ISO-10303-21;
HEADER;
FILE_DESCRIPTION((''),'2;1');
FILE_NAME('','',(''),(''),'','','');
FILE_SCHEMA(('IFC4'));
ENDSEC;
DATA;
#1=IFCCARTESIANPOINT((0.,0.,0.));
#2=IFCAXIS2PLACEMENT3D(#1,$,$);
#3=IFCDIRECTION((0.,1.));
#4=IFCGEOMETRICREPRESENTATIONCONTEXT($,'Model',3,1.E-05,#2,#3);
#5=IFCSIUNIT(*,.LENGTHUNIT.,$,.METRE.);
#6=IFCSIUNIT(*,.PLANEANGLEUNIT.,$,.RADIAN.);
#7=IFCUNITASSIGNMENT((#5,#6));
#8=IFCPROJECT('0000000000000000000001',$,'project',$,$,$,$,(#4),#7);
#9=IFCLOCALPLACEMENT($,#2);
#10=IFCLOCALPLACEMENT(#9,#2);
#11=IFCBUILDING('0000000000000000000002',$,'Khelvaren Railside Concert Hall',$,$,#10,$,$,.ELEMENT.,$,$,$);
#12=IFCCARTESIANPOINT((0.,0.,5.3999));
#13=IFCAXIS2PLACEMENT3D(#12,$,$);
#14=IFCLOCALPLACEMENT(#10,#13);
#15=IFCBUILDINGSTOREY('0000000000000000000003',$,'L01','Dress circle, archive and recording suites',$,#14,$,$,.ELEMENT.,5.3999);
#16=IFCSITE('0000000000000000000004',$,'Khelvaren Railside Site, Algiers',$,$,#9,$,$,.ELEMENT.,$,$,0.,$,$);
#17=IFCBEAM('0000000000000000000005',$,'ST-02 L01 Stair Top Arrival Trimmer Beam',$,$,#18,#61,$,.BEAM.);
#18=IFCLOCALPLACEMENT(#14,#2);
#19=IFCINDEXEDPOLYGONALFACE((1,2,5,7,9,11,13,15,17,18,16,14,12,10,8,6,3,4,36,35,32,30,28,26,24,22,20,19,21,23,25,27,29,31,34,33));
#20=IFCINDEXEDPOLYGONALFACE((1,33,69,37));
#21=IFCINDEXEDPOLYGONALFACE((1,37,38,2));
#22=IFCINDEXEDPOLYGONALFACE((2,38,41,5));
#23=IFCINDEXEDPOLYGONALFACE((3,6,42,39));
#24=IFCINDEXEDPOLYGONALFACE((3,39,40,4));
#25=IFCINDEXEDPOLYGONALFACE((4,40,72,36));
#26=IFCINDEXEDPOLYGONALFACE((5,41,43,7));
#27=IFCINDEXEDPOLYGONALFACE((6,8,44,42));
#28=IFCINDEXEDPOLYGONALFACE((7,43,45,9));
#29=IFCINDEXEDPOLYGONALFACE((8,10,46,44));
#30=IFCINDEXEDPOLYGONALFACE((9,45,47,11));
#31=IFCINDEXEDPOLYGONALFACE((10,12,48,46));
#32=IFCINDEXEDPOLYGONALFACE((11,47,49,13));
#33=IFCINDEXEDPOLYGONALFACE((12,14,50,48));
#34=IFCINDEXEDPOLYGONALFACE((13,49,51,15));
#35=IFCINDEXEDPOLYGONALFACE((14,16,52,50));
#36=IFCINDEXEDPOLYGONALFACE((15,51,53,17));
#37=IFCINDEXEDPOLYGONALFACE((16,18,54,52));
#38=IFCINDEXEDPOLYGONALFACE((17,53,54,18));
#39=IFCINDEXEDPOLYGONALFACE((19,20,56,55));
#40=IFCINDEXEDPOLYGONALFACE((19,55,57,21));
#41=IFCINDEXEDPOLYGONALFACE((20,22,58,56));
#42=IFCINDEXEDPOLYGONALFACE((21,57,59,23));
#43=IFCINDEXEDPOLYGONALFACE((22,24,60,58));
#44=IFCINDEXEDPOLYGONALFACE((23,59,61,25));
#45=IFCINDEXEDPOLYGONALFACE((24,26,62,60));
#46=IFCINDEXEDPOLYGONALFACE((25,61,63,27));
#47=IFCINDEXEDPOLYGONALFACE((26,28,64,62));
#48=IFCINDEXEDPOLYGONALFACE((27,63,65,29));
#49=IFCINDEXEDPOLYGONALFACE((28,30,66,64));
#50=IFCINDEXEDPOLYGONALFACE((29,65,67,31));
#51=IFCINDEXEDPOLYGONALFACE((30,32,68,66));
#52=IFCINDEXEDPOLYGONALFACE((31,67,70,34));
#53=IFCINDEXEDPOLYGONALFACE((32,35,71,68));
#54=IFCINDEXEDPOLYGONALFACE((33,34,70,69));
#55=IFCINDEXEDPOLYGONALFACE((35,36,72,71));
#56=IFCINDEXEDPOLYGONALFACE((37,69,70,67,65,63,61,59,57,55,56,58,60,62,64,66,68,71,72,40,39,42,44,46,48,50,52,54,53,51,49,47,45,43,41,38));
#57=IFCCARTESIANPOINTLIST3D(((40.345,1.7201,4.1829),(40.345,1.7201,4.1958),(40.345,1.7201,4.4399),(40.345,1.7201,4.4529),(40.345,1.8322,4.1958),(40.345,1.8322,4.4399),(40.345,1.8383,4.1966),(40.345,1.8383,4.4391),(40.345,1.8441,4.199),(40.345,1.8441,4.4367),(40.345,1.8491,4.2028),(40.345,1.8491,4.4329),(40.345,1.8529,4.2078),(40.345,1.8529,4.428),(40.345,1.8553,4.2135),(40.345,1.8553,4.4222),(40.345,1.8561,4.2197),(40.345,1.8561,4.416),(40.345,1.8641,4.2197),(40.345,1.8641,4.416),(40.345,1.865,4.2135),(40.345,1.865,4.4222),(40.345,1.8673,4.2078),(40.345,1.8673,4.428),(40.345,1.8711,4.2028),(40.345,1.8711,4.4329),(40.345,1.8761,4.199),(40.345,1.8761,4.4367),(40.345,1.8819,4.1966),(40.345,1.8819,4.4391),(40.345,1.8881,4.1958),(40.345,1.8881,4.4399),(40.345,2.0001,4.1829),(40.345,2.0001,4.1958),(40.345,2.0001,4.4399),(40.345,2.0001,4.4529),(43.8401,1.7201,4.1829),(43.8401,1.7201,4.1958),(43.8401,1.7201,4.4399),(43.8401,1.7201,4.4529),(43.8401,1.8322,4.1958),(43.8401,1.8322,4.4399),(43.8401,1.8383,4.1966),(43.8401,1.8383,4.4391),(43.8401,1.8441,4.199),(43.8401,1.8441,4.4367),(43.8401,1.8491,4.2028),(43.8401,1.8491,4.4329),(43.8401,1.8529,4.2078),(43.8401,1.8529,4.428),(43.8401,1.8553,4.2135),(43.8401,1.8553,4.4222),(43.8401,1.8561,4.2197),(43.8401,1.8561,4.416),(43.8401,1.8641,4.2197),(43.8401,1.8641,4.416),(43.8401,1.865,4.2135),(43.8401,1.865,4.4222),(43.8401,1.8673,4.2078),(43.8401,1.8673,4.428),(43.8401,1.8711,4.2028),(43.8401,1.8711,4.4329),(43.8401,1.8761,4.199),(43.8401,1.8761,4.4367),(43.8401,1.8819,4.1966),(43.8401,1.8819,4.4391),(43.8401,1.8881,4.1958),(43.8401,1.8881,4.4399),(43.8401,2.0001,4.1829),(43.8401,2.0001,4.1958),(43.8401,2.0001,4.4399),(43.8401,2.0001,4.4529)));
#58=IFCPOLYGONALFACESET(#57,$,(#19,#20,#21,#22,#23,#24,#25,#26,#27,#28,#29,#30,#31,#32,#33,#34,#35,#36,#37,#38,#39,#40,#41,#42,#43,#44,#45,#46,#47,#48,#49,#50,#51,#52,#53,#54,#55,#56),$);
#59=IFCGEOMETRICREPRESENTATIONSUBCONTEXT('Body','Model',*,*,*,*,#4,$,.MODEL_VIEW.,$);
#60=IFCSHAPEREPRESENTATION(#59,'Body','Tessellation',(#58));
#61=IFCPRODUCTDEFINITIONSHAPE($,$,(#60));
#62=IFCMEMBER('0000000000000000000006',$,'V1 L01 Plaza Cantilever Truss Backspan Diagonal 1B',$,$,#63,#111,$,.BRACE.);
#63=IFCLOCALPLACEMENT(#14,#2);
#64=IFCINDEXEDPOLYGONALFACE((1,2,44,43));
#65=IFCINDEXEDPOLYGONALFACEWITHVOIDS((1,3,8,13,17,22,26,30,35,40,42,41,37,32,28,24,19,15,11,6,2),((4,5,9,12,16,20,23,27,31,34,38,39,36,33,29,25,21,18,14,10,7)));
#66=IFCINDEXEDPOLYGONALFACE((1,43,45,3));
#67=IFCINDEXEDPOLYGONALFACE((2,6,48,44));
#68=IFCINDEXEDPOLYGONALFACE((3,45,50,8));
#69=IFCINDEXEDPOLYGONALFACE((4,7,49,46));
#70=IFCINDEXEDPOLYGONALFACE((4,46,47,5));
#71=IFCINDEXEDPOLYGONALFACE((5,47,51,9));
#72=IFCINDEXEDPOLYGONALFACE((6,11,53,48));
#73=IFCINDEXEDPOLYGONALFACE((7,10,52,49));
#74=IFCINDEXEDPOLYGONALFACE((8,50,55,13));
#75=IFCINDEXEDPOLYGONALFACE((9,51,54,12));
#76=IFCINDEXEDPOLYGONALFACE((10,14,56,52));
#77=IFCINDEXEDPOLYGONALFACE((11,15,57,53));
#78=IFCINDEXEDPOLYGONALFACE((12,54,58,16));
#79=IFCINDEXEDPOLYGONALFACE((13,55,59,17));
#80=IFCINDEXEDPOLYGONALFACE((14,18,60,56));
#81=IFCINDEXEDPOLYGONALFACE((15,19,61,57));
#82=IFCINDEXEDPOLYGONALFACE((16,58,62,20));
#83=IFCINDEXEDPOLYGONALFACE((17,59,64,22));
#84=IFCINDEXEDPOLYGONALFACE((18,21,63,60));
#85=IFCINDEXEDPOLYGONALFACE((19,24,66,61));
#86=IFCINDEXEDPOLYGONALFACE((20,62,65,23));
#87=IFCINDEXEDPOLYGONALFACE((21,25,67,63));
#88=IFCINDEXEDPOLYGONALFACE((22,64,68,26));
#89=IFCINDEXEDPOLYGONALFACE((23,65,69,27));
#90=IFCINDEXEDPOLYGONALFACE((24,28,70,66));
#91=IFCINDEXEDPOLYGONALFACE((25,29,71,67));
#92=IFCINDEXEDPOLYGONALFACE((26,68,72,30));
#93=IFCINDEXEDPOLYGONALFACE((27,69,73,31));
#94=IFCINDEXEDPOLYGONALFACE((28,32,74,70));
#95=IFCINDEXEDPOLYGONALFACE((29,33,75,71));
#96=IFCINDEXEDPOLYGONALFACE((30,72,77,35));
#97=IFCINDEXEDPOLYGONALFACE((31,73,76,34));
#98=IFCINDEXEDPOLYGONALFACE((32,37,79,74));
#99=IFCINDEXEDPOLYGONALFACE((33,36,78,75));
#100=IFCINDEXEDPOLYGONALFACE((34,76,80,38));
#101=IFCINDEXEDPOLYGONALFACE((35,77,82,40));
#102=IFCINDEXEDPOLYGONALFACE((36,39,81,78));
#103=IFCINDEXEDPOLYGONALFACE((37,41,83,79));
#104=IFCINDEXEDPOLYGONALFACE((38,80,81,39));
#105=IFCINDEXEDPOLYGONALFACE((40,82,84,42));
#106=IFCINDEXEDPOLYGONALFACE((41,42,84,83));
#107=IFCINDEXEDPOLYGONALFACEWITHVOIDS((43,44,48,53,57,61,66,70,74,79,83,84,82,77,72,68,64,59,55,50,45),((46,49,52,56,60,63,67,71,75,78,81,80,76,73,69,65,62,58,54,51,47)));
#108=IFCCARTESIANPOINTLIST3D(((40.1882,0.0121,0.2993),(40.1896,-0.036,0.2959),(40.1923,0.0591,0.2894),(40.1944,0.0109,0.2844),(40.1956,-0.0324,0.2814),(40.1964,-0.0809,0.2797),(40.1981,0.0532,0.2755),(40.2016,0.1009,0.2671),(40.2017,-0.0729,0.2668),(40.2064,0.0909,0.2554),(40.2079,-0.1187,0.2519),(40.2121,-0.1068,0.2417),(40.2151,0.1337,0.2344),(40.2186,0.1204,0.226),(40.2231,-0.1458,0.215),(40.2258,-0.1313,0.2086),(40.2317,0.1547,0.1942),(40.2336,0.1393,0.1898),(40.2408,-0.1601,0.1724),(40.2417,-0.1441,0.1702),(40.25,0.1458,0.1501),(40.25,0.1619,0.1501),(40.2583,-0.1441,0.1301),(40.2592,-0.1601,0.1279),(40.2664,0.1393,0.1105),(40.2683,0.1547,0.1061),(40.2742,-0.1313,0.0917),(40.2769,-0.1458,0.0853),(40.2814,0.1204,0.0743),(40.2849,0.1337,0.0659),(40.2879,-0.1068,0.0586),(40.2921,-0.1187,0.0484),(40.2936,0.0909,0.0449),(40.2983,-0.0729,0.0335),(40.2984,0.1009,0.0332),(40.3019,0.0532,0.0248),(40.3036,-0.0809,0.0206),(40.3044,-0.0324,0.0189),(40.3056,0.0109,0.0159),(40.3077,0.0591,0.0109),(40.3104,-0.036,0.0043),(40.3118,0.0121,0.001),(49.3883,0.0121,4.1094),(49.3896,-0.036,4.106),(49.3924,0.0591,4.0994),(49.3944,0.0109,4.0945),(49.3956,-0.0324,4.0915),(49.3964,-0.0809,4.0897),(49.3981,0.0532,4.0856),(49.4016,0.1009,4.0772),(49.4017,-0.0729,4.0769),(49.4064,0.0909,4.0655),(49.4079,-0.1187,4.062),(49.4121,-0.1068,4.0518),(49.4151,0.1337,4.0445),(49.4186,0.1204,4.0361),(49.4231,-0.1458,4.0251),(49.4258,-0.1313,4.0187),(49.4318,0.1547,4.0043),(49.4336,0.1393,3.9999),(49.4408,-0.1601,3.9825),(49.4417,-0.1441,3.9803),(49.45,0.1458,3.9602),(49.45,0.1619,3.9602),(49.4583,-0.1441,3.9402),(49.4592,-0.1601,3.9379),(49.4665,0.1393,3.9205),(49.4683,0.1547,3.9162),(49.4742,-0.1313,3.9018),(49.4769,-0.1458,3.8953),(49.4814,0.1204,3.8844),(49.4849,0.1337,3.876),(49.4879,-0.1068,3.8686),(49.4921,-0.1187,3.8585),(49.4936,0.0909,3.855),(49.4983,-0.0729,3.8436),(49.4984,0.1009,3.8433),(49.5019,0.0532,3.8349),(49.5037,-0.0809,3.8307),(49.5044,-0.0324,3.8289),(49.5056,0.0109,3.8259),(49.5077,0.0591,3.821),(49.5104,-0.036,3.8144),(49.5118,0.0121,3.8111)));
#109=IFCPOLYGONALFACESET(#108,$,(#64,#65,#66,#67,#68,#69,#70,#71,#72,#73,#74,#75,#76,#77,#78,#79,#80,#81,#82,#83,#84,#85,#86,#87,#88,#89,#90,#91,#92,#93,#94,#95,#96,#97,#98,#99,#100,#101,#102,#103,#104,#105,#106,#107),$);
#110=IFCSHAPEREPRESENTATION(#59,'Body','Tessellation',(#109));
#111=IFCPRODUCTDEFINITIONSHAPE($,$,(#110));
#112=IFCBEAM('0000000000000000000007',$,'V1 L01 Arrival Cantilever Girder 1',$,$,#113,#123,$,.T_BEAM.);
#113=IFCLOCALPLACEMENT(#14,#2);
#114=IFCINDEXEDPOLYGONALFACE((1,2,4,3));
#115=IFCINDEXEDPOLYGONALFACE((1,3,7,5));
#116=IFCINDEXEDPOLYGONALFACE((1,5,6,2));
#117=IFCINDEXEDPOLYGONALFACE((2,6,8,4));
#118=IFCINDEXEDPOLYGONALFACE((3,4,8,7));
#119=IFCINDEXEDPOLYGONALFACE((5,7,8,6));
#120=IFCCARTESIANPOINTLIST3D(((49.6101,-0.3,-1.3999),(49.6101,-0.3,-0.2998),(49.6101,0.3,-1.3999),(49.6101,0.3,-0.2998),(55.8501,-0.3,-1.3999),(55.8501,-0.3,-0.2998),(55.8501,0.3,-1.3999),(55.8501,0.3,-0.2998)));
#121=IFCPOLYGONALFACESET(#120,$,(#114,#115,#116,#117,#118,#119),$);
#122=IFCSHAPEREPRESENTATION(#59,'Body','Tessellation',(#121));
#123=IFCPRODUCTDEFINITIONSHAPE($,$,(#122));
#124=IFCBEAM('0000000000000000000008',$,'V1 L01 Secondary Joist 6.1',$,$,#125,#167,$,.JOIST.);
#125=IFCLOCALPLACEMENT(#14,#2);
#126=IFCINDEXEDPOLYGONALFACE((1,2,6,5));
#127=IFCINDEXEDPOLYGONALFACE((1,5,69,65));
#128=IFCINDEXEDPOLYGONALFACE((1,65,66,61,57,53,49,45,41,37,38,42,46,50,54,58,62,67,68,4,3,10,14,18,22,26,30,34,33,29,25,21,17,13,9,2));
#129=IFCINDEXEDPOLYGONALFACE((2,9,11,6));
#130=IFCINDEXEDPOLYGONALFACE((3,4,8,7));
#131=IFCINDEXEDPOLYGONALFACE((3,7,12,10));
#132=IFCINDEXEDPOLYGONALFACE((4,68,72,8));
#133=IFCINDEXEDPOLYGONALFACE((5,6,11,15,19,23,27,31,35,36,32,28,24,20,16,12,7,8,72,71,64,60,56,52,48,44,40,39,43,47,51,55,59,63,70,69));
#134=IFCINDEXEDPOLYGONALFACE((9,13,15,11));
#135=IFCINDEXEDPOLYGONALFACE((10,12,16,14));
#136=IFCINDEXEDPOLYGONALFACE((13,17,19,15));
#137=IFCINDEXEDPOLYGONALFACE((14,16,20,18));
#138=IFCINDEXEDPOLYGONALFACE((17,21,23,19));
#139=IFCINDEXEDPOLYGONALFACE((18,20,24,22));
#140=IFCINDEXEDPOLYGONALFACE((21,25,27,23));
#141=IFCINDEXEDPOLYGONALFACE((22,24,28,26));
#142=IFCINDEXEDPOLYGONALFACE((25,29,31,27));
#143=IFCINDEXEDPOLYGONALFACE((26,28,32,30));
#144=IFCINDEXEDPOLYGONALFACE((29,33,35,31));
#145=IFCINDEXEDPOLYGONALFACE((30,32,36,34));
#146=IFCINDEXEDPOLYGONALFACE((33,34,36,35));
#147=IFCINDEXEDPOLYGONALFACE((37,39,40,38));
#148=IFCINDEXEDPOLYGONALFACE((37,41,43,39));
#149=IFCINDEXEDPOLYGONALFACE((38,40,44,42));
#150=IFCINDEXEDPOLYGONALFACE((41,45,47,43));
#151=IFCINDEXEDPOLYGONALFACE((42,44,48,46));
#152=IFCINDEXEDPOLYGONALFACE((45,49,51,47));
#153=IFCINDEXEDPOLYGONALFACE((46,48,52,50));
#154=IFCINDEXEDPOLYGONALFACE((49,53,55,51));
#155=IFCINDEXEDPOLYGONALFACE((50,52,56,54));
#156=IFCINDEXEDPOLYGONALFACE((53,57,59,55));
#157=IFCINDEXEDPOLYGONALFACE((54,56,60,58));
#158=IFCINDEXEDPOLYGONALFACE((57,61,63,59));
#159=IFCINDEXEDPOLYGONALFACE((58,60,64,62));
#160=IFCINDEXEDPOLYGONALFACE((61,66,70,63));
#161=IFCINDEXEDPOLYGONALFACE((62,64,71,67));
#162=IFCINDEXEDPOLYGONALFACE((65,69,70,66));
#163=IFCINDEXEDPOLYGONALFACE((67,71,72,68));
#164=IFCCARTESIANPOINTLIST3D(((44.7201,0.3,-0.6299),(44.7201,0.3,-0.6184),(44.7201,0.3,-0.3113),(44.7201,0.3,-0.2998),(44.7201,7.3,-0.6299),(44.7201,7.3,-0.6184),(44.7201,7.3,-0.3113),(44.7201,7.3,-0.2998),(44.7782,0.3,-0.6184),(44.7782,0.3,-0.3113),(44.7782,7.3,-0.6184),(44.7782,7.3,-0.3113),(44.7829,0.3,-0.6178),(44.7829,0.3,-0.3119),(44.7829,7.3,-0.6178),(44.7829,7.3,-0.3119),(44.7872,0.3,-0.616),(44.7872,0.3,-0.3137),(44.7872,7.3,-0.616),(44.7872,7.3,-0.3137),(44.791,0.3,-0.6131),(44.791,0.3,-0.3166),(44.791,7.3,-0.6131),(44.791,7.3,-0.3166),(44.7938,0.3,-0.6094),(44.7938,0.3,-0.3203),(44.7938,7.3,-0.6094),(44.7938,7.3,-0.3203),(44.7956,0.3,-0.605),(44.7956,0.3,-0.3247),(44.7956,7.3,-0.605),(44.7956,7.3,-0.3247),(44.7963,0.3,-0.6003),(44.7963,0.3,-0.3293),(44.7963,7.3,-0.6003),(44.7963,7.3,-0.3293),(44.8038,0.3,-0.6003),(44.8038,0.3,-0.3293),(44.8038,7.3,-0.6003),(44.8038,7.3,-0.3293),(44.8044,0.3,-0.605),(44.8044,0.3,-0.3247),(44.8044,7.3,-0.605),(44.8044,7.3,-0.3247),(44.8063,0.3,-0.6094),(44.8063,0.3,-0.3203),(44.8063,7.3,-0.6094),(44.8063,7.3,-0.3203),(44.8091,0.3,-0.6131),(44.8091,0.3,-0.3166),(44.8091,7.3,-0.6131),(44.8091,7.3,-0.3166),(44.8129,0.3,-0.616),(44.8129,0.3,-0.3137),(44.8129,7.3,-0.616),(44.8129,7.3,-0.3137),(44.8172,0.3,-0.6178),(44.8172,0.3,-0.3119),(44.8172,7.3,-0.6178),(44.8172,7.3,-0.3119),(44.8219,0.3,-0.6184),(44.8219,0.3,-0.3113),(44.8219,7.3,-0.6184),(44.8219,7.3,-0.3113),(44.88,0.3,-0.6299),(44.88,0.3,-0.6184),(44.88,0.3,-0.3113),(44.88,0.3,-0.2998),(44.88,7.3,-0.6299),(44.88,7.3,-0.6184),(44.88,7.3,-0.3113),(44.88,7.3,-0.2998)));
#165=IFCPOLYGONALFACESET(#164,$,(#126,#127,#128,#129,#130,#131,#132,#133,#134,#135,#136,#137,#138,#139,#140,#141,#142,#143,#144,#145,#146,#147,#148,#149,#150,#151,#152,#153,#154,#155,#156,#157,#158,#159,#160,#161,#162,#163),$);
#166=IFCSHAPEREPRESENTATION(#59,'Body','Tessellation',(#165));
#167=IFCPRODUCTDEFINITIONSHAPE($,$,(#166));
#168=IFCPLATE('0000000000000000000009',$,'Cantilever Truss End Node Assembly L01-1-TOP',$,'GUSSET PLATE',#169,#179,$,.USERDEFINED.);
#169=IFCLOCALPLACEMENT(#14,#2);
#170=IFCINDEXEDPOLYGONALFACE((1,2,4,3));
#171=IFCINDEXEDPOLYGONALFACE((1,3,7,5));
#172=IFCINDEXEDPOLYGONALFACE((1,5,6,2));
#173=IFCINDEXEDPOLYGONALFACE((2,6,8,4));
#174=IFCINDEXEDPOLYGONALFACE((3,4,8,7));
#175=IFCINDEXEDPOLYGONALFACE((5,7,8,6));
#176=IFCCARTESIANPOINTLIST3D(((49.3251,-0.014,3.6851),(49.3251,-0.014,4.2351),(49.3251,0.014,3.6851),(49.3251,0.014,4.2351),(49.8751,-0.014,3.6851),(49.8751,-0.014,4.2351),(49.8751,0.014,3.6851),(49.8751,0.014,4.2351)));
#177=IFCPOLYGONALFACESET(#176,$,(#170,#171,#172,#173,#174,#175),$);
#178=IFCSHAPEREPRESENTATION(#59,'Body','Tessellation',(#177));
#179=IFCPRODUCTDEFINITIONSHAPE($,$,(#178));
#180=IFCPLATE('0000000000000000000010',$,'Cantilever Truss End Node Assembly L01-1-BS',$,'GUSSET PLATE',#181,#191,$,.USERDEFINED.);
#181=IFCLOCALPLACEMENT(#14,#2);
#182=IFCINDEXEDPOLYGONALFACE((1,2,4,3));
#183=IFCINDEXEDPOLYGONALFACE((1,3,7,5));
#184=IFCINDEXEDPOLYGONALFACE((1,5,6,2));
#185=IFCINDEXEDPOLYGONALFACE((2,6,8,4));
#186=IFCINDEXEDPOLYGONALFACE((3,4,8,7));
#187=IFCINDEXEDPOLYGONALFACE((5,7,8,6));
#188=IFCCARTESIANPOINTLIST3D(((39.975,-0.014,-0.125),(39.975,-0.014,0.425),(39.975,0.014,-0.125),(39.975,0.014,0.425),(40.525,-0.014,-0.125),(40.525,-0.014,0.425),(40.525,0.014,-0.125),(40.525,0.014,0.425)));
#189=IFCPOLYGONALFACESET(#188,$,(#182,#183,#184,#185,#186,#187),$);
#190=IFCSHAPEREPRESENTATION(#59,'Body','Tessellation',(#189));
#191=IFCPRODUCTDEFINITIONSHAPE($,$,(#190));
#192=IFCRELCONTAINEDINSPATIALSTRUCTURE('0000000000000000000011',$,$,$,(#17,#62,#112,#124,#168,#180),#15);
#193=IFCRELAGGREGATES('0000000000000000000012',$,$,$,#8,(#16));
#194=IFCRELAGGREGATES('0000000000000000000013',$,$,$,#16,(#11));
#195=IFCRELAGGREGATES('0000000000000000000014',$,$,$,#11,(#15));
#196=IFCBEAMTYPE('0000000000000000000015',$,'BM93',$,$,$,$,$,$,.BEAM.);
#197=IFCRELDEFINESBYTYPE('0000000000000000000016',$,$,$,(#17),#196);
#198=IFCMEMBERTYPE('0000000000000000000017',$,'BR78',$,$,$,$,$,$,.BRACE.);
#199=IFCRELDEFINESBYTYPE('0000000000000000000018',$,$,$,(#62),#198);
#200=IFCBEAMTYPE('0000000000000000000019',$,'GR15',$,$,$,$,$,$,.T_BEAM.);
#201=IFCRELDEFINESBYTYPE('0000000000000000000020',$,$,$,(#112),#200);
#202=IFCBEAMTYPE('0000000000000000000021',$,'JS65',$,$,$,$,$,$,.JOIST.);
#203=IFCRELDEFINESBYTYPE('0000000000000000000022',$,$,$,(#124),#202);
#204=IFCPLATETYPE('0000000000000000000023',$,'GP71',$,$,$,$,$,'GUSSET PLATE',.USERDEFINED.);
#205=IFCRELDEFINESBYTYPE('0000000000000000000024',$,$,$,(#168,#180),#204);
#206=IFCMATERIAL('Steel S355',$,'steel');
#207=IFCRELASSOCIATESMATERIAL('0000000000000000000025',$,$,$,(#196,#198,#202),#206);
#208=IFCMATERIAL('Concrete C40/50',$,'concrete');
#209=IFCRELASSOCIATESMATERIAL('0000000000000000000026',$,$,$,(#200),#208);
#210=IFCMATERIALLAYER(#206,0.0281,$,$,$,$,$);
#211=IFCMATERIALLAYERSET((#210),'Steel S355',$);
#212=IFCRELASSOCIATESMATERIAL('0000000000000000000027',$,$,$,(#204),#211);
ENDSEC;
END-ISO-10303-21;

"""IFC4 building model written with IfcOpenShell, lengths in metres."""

from ifc_helpers import new_model, si_unit, direction, frame, origin, origin_2d, place, context, subcontext, project, spatial, rectangle, hollow_circle, i_section, extrude, material, layer, layer_set, material_profile, profile_set, type_object, element, save


model = new_model("IFC4")

# Units and contexts
model_context = context("Model", 3, precision=1e-05, world=origin(), true_north=direction((0.0, 1.0)))
body_context = subcontext(model_context, "Body", "Model", "MODEL_VIEW")
ifc_project = project(units=[si_unit("LENGTHUNIT", "METRE"), si_unit("PLANEANGLEUNIT", "RADIAN")], contexts=[model_context])

# Site, building, storey
site_placement = place(None, origin())
site = spatial("IfcSite", under=ifc_project, at=site_placement, Name="Khelvaren Railside Site, Algiers", CompositionType="ELEMENT", RefElevation=0.0)
building_placement = place(site_placement, origin())
building = spatial("IfcBuilding", under=site, at=building_placement, Name="Khelvaren Railside Concert Hall", CompositionType="ELEMENT")
storey_placement = place(building_placement, frame((0.0, 0.0, 5.3999)))
storey = spatial("IfcBuildingStorey", under=building, at=storey_placement, Name="L01", Description="Dress circle, archive and recording suites", CompositionType="ELEMENT", Elevation=5.3999)

# Shared definitions
ifc_material_1 = material(Name="Steel S355", Category="steel")

# Beam
ifc_material_profile_1 = material_profile(ifc_material_1, i_section(OverallWidth=0.28, OverallDepth=0.27, WebThickness=0.0081, FlangeThickness=0.0129, FilletRadius=0.0239, at=origin_2d()), Name="HEA 280")
ifc_profile_set_1 = profile_set([ifc_material_profile_1], Name="Steel S355")
beam_type_1 = type_object("IfcBeamType", Name="BM93", PredefinedType="BEAM", material=ifc_profile_set_1)
beam_1_placement = place(storey_placement, frame((40.345, 1.8601, 4.3179), z_axis=(1.0, 0.0, 0.0), x_axis=(0.0, 1.0, 0.0)))
element("IfcBeam", 1, at=beam_1_placement, inside=storey, type_object=beam_type_1, Name="ST-02 L01 Stair Top Arrival Trimmer Beam", PredefinedType="BEAM", context=body_context, shape_type="SweptSolid", body=[
    extrude(i_section(OverallWidth=0.28, OverallDepth=0.27, WebThickness=0.0081, FlangeThickness=0.0129, FilletRadius=0.0239, at=origin_2d()), origin(), (0.0, 0.0, 1.0), 3.4951),
])

# Member
ifc_material_profile_2 = material_profile(ifc_material_1, hollow_circle(Radius=0.1619, WallThickness=0.0161, at=origin_2d()), Name="CHS 323.9x16")
ifc_profile_set_2 = profile_set([ifc_material_profile_2], Name="Steel S355")
member_type = type_object("IfcMemberType", Name="BR78", PredefinedType="BRACE", material=ifc_profile_set_2)
member_placement = place(storey_placement, frame((40.25, 0.0, 0.1501), z_axis=(0.923904, 0.0, 0.382625), x_axis=(0.0, 1.0, 0.0)))
element("IfcMember", 2, at=member_placement, inside=storey, type_object=member_type, Name="V1 L01 Plaza Cantilever Truss Backspan Diagonal 1B", PredefinedType="BRACE", context=body_context, shape_type="SweptSolid", body=[
    extrude(hollow_circle(Radius=0.1619, WallThickness=0.0161, at=origin_2d()), origin(), (0.0, 0.0, 1.0), 9.9578),
])

# Beams
ifc_material_2 = material(Name="Concrete C40/50", Category="concrete")
ifc_material_profile_3 = material_profile(ifc_material_2, rectangle(XDim=0.6001, YDim=1.1001, at=origin_2d()), Name="RCB 600x1100")
ifc_profile_set_3 = profile_set([ifc_material_profile_3], Name="Concrete C40/50")
beam_type_2 = type_object("IfcBeamType", Name="GR15", PredefinedType="T_BEAM", material=ifc_profile_set_3)
beam_2_placement = place(storey_placement, frame((49.6101, 0.0, -0.8499), z_axis=(1.0, 0.0, 0.0), x_axis=(0.0, 1.0, 0.0)))
element("IfcBeam", 3, at=beam_2_placement, inside=storey, type_object=beam_type_2, Name="V1 L01 Arrival Cantilever Girder 1", PredefinedType="T_BEAM", context=body_context, shape_type="SweptSolid", body=[
    extrude(rectangle(XDim=0.6001, YDim=1.1001, at=origin_2d()), origin(), (0.0, 0.0, 1.0), 6.24),
])
ifc_material_profile_4 = material_profile(ifc_material_1, i_section(OverallWidth=0.1599, OverallDepth=0.3301, WebThickness=0.0076, FlangeThickness=0.0115, FilletRadius=0.0181, at=origin_2d()), Name="IPE 330")
ifc_profile_set_4 = profile_set([ifc_material_profile_4], Name="Steel S355")
beam_type_3 = type_object("IfcBeamType", Name="JS65", PredefinedType="JOIST", material=ifc_profile_set_4)
beam_3_placement = place(storey_placement, frame((44.8, 0.3, -0.4648), z_axis=(0.0, 1.0, 0.0), x_axis=(-1.0, 0.0, 0.0)))
element("IfcBeam", 4, at=beam_3_placement, inside=storey, type_object=beam_type_3, Name="V1 L01 Secondary Joist 6.1", PredefinedType="JOIST", context=body_context, shape_type="SweptSolid", body=[
    extrude(i_section(OverallWidth=0.1599, OverallDepth=0.3301, WebThickness=0.0076, FlangeThickness=0.0115, FilletRadius=0.0181, at=origin_2d()), origin(), (0.0, 0.0, 1.0), 7.0),
])

# Plates
ifc_layer_1 = layer(ifc_material_1, 0.0281)
ifc_layer_set_1 = layer_set([ifc_layer_1], Name="Steel S355")
plate_type = type_object("IfcPlateType", Name="GP71", ElementType="GUSSET PLATE", PredefinedType="USERDEFINED", material=ifc_layer_set_1)
for number, where, z_axis, x_axis, name in (
    (5, (49.6001, 0.0, 3.6851), (0.0, 0.0, 1.0), (1.0, 0.0, 0.0), "Cantilever Truss End Node Assembly L01-1-TOP"),
    (6, (40.25, 0.0, -0.125), (0.0, 0.0, 1.0), (1.0, 0.0, 0.0), "Cantilever Truss End Node Assembly L01-1-BS"),
):
    element("IfcPlate", number, at=place(storey_placement, frame(where, z_axis=z_axis, x_axis=x_axis)), inside=storey, type_object=plate_type, Name=name, ObjectType="GUSSET PLATE", PredefinedType="USERDEFINED", context=body_context, shape_type="SweptSolid", body=[
        extrude(rectangle(XDim=0.55, YDim=0.0281, at=origin_2d()), origin(), (0.0, 0.0, 1.0), 0.55),
    ])

save(model, "model.ifc")
